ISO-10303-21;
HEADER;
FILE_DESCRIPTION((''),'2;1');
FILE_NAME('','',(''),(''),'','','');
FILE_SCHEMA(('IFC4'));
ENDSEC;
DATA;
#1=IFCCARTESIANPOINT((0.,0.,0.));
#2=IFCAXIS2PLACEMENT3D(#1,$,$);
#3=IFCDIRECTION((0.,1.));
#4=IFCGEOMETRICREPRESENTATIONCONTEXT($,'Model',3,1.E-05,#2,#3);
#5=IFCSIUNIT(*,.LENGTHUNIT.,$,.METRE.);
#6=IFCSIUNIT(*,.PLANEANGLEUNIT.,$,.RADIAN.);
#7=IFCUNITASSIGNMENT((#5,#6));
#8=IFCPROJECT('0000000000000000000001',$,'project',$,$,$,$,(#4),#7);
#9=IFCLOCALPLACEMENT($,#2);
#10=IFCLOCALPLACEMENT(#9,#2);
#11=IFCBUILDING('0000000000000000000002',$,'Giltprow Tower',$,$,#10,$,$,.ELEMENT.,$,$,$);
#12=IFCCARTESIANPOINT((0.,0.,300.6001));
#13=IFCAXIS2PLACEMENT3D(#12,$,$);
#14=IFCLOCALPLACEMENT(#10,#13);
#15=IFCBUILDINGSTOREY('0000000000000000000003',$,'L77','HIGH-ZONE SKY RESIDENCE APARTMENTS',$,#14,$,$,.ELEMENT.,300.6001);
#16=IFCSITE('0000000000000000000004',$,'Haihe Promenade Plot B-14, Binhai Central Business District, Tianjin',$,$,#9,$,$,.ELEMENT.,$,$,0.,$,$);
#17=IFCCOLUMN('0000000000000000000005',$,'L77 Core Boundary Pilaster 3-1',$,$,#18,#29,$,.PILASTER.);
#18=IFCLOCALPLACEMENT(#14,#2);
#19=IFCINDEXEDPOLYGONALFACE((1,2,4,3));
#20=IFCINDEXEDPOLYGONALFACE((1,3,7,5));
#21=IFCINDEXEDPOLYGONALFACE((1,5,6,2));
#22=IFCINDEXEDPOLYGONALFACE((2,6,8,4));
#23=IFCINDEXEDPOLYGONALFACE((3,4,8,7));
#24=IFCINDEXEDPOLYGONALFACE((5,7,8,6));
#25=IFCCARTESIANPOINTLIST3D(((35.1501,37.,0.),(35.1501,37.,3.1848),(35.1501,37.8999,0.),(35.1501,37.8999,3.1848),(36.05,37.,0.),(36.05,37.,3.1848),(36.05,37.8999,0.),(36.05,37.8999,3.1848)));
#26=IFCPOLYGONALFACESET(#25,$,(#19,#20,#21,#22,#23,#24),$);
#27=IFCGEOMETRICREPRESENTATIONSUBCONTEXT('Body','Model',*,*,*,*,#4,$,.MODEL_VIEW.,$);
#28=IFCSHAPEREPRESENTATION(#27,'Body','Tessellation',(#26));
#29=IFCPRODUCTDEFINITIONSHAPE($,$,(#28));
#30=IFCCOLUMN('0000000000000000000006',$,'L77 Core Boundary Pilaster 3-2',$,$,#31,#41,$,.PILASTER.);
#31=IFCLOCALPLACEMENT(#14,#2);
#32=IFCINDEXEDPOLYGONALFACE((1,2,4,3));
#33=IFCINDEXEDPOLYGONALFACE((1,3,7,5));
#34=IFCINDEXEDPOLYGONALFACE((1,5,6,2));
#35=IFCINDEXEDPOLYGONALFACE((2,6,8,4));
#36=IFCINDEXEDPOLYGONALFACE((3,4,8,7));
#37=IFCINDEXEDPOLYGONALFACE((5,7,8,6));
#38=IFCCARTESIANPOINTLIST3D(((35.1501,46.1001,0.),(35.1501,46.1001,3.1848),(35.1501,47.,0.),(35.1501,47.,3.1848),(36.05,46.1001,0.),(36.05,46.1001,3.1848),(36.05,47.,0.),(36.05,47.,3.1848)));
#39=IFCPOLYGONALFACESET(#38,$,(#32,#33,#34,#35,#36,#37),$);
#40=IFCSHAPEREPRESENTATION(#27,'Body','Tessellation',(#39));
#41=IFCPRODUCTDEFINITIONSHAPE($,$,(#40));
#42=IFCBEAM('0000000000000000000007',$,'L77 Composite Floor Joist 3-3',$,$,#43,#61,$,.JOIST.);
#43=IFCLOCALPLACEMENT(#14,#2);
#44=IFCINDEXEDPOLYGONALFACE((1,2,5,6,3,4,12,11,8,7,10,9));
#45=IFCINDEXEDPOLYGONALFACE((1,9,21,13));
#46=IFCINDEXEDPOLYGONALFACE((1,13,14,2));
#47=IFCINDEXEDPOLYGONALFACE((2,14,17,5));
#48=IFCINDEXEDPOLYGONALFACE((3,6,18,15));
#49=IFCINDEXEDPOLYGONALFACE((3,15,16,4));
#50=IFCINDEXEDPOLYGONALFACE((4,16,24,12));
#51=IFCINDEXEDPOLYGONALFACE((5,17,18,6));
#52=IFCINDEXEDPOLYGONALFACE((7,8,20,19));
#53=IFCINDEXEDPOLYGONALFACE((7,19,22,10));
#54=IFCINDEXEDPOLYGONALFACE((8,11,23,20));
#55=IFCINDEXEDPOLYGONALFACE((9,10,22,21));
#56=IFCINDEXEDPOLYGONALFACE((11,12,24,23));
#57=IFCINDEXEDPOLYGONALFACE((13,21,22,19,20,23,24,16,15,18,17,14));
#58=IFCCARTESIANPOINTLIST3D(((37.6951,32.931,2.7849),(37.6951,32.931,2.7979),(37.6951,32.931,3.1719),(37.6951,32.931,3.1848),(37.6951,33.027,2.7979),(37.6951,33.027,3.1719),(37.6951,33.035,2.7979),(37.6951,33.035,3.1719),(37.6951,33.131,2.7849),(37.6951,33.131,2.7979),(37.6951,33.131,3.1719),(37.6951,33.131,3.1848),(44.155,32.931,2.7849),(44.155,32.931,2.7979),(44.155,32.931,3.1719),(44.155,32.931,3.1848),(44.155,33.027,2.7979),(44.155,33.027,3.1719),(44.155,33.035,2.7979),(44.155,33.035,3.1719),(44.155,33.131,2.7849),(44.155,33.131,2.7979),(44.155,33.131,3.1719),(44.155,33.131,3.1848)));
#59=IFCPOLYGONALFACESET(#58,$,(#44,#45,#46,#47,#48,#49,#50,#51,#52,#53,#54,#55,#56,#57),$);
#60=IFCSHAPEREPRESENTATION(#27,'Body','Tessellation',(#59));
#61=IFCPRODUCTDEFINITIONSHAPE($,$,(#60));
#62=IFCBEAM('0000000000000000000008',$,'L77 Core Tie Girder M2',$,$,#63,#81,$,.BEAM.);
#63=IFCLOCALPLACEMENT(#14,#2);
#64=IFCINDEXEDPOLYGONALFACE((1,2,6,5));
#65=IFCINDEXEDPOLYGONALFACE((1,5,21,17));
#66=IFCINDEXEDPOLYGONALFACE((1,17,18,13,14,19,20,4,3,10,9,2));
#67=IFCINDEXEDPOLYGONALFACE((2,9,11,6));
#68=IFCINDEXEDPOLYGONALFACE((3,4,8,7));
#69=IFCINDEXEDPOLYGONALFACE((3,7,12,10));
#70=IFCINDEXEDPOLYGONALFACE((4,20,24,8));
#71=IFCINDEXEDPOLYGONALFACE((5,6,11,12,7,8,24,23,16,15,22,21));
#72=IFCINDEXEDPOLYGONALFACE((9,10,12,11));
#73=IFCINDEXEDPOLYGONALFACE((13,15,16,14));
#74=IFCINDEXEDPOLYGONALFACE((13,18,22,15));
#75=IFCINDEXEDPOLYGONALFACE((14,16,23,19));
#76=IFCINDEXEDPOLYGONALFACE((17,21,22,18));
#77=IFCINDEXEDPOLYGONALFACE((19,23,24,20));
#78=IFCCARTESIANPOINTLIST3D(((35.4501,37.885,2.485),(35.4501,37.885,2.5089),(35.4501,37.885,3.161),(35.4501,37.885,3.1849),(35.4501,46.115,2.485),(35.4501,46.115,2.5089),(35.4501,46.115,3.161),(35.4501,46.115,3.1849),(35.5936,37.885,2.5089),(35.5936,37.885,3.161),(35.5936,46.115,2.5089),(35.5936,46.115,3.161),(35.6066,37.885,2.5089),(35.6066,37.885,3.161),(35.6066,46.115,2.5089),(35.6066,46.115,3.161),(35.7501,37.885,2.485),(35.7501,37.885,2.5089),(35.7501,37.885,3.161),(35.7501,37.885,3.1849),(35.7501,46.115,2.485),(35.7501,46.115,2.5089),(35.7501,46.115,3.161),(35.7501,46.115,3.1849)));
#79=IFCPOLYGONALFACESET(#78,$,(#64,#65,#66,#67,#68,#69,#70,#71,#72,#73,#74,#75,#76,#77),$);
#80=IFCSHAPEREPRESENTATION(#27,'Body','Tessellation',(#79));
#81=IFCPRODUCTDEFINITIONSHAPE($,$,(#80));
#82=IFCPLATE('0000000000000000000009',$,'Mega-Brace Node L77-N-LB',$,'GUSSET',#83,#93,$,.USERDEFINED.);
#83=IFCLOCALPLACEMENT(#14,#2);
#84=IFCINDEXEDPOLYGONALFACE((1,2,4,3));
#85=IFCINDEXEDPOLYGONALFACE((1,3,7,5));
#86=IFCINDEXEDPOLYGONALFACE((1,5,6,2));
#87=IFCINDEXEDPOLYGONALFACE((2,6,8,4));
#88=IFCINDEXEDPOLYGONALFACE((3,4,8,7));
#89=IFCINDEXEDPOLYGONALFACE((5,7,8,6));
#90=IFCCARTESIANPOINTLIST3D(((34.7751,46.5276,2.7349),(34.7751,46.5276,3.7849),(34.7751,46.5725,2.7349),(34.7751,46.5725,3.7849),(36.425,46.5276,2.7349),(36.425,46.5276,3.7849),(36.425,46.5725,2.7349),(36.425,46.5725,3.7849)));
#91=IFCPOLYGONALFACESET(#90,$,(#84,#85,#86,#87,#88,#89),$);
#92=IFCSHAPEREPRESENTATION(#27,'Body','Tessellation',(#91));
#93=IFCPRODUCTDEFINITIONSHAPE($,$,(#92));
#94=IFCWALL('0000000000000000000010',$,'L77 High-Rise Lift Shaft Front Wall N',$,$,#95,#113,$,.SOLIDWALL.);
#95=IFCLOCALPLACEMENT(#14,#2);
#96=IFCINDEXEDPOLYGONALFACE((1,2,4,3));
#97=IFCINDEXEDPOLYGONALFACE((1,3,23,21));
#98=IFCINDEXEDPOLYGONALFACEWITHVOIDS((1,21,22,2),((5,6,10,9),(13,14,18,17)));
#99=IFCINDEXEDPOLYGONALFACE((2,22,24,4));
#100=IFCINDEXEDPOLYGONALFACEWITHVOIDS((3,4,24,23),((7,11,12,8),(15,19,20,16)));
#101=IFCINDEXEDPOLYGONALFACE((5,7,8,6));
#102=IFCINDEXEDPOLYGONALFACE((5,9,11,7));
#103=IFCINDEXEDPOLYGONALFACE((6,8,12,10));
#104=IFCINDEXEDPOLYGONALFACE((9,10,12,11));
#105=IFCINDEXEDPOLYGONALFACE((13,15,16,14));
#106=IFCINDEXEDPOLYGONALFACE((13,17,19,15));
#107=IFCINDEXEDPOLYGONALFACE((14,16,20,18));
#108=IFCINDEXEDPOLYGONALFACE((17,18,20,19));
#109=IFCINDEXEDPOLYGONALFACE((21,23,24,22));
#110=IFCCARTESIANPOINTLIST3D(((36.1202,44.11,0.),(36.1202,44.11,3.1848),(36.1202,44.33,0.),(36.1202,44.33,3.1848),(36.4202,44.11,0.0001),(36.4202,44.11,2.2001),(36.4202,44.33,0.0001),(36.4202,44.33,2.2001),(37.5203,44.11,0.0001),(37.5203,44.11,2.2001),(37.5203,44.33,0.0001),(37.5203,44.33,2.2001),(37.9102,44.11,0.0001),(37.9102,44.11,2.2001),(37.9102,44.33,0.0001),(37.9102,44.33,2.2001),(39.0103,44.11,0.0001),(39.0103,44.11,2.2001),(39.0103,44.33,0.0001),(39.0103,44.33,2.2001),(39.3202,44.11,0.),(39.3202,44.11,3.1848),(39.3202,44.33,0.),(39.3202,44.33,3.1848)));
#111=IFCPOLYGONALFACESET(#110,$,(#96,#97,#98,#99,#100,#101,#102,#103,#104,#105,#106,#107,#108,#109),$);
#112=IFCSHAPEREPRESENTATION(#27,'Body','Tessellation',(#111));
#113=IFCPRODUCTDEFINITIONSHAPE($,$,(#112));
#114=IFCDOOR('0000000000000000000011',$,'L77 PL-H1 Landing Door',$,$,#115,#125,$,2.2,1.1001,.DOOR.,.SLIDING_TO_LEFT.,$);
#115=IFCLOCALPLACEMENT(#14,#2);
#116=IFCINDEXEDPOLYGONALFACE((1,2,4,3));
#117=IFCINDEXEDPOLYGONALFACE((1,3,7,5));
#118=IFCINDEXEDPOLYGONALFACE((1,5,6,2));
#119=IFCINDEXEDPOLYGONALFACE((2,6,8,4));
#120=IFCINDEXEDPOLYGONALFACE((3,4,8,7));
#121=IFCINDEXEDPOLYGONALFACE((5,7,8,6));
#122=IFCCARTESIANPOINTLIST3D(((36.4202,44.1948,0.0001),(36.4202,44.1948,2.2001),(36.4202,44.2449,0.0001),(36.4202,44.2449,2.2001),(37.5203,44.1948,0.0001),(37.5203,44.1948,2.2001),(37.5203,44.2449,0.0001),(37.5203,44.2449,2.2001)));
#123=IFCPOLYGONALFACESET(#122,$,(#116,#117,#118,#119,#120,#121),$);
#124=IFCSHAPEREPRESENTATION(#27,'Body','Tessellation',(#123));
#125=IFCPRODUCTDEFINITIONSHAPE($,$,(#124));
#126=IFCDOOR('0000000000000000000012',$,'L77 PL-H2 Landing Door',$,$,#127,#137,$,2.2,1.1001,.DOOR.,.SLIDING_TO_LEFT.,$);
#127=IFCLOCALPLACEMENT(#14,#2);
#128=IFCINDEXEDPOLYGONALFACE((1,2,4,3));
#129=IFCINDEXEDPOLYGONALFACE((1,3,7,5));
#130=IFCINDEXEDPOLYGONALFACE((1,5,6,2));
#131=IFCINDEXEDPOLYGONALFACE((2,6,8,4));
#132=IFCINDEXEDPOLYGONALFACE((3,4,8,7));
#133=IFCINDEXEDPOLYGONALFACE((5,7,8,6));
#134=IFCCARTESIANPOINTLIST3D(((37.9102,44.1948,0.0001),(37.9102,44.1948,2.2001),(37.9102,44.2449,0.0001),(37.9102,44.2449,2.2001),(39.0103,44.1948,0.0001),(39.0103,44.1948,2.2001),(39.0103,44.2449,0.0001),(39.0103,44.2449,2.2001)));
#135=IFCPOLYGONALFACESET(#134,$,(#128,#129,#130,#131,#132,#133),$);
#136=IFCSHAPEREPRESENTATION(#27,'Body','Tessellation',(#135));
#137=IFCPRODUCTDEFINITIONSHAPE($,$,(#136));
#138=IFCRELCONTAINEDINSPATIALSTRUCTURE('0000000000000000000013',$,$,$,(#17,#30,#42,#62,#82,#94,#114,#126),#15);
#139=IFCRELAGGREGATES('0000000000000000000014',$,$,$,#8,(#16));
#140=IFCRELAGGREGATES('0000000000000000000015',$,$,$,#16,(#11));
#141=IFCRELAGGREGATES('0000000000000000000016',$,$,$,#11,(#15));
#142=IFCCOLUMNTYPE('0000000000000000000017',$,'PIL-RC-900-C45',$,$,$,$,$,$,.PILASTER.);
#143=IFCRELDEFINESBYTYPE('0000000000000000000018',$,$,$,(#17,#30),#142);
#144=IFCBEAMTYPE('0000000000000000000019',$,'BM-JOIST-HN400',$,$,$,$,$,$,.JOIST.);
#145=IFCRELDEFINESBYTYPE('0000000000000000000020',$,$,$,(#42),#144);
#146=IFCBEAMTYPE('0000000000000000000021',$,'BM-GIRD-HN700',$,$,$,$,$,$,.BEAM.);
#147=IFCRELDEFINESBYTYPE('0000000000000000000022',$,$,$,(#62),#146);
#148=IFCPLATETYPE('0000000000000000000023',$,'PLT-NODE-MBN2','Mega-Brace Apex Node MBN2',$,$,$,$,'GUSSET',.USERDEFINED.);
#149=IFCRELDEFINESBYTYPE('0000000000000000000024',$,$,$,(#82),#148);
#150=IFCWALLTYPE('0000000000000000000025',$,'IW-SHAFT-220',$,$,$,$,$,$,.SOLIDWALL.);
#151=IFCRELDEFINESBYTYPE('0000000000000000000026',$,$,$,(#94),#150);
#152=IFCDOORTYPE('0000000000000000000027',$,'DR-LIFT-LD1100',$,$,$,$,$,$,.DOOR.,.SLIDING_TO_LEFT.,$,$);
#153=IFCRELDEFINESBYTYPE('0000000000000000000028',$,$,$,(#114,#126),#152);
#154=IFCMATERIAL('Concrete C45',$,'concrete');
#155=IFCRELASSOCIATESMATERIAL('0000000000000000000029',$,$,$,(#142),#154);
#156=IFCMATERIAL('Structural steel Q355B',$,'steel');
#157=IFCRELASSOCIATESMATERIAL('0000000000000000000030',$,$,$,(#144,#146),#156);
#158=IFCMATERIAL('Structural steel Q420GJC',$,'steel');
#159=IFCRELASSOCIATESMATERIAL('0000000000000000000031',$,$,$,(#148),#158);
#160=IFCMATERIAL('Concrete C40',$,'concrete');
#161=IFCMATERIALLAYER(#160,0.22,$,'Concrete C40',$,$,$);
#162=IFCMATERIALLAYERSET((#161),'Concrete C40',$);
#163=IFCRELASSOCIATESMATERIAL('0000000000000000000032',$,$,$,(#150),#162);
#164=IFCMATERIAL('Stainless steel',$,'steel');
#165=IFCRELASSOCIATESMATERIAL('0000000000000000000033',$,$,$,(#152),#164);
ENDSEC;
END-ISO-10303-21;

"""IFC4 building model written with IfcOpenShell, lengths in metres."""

from ifc_helpers import new_model, si_unit, direction, frame, frame_2d, origin, origin_2d, place, context, subcontext, project, spatial, rectangle, i_section, extrude, source, transform, mapped, material, layer, layer_set, material_profile, profile_set, type_object, element, fill, save


model = new_model("IFC4")

# Units and contexts
model_context = context("Model", 3, precision=1e-05, world=origin(), true_north=direction((0.0, 1.0)))
body_context = subcontext(model_context, "Body", "Model", "MODEL_VIEW")
ifc_project = project(units=[si_unit("LENGTHUNIT", "METRE"), si_unit("PLANEANGLEUNIT", "RADIAN")], contexts=[model_context])

# Site, building, storey
site_placement = place(None, origin())
site = spatial("IfcSite", under=ifc_project, at=site_placement, Name="Haihe Promenade Plot B-14, Binhai Central Business District, Tianjin", CompositionType="ELEMENT", RefElevation=0.0)
building_placement = place(site_placement, origin())
building = spatial("IfcBuilding", under=site, at=building_placement, Name="Giltprow Tower", CompositionType="ELEMENT")
storey_placement = place(building_placement, frame((0.0, 0.0, 300.6001)))
storey = spatial("IfcBuildingStorey", under=building, at=storey_placement, Name="L77", Description="HIGH-ZONE SKY RESIDENCE APARTMENTS", CompositionType="ELEMENT", Elevation=300.6001)

# Columns
ifc_material_1 = material(Name="Concrete C45", Category="concrete")
ifc_material_profile_1 = material_profile(ifc_material_1, rectangle(XDim=0.8999, YDim=0.8999, at=origin_2d()), Name="RC 900x900")
ifc_profile_set_1 = profile_set([ifc_material_profile_1], Name="Concrete C45")
column_type = type_object("IfcColumnType", Name="PIL-RC-900-C45", PredefinedType="PILASTER", material=ifc_profile_set_1)
shared_shape_1 = source(origin(), body_context, "Body", "SweptSolid", [
    extrude(rectangle(XDim=0.8999, YDim=0.8999, at=origin_2d()), origin(), (0.0, 0.0, 1.0), 3.1848),
])
for number, where, z_axis, x_axis, name in (
    (1, (35.6001, 37.45, 0.0), (0.0, 0.0, 1.0), (1.0, 0.0, 0.0), "L77 Core Boundary Pilaster 3-1"),
    (2, (35.6001, 46.55, 0.0), (0.0, 0.0, 1.0), (1.0, 0.0, 0.0), "L77 Core Boundary Pilaster 3-2"),
):
    element("IfcColumn", number, at=place(storey_placement, frame(where, z_axis=z_axis, x_axis=x_axis)), inside=storey, type_object=column_type, Name=name, PredefinedType="PILASTER", context=body_context, shape_type="MappedRepresentation", body=[
        mapped(shared_shape_1, transform((0.0, 0.0, 0.0), x_axis=(1.0, 0.0, 0.0), y_axis=(0.0, 1.0, 0.0), z_axis=(0.0, 0.0, 1.0), scale=1.0)),
    ])

# Beams
ifc_material_2 = material(Name="Structural steel Q355B", Category="steel")
ifc_material_profile_2 = material_profile(ifc_material_2, i_section(OverallWidth=0.2, OverallDepth=0.3999, WebThickness=0.0081, FlangeThickness=0.0129, at=origin_2d()), Name="HN 400x200x8x13")
ifc_profile_set_2 = profile_set([ifc_material_profile_2], Name="Structural steel Q355B")
beam_type_1 = type_object("IfcBeamType", Name="BM-JOIST-HN400", PredefinedType="JOIST", material=ifc_profile_set_2)
shared_shape_2 = source(origin(), body_context, "Body", "SweptSolid", [
    extrude(i_section(OverallWidth=0.2, OverallDepth=0.3999, WebThickness=0.0081, FlangeThickness=0.0129, at=origin_2d()), origin(), (0.0, 0.0, 1.0), 6.46),
])
beam_1_placement = place(storey_placement, frame((37.6951, 33.031, 2.9849), z_axis=(1.0, 0.0, 0.0), x_axis=(0.0, 1.0, 0.0)))
element("IfcBeam", 3, at=beam_1_placement, inside=storey, type_object=beam_type_1, Name="L77 Composite Floor Joist 3-3", PredefinedType="JOIST", context=body_context, shape_type="MappedRepresentation", body=[
    mapped(shared_shape_2, transform((0.0, 0.0, 0.0), x_axis=(1.0, 0.0, 0.0), y_axis=(0.0, 1.0, 0.0), z_axis=(0.0, 0.0, 1.0), scale=1.0)),
])
ifc_material_profile_3 = material_profile(ifc_material_2, i_section(OverallWidth=0.3, OverallDepth=0.7, WebThickness=0.0129, FlangeThickness=0.0239, at=origin_2d()), Name="HN 700x300x13x24")
ifc_profile_set_3 = profile_set([ifc_material_profile_3], Name="Structural steel Q355B")
beam_type_2 = type_object("IfcBeamType", Name="BM-GIRD-HN700", PredefinedType="BEAM", material=ifc_profile_set_3)
shared_shape_3 = source(origin(), body_context, "Body", "SweptSolid", [
    extrude(i_section(OverallWidth=0.3, OverallDepth=0.7, WebThickness=0.0129, FlangeThickness=0.0239, at=origin_2d()), origin(), (0.0, 0.0, 1.0), 8.23),
])
beam_2_placement = place(storey_placement, frame((35.6001, 37.885, 2.835), z_axis=(0.0, 1.0, 0.0), x_axis=(-1.0, 0.0, 0.0)))
element("IfcBeam", 4, at=beam_2_placement, inside=storey, type_object=beam_type_2, Name="L77 Core Tie Girder M2", PredefinedType="BEAM", context=body_context, shape_type="MappedRepresentation", body=[
    mapped(shared_shape_3, transform((0.0, 0.0, 0.0), x_axis=(1.0, 0.0, 0.0), y_axis=(0.0, 1.0, 0.0), z_axis=(0.0, 0.0, 1.0), scale=1.0)),
])

# Plate
ifc_material_3 = material(Name="Structural steel Q420GJC", Category="steel")
plate_type = type_object("IfcPlateType", Name="PLT-NODE-MBN2", Description="Mega-Brace Apex Node MBN2", ElementType="GUSSET", PredefinedType="USERDEFINED", material=ifc_material_3)
shared_shape_4 = source(origin(), body_context, "Body", "SweptSolid", [
    extrude(rectangle(XDim=1.6499, YDim=0.0449, at=origin_2d()), origin(), (0.0, 0.0, 1.0), 1.05),
])
plate_placement = place(storey_placement, frame((35.6001, 46.55, 2.7349), z_axis=(0.0, 0.0, 1.0), x_axis=(1.0, 0.0, 0.0)))
element("IfcPlate", 5, at=plate_placement, inside=storey, type_object=plate_type, Name="Mega-Brace Node L77-N-LB", ObjectType="GUSSET", PredefinedType="USERDEFINED", context=body_context, shape_type="MappedRepresentation", body=[
    mapped(shared_shape_4, transform((0.0, 0.0, 0.0), x_axis=(1.0, 0.0, 0.0), y_axis=(0.0, 1.0, 0.0), z_axis=(0.0, 0.0, 1.0), scale=1.0)),
])

# Wall, openings, doors
ifc_material_4 = material(Name="Concrete C40", Category="concrete")
ifc_layer_1 = layer(ifc_material_4, 0.22, Name="Concrete C40")
ifc_layer_set_1 = layer_set([ifc_layer_1], Name="Concrete C40")
wall_type_1 = type_object("IfcWallType", Name="IW-SHAFT-220", PredefinedType="SOLIDWALL", material=ifc_layer_set_1)
wall_1_placement = place(storey_placement, frame((36.1201, 44.22, 0.0), z_axis=(0.0, 0.0, 1.0), x_axis=(1.0, 0.0, 0.0)))
wall_1 = element("IfcWall", 6, at=wall_1_placement, inside=storey, type_object=wall_type_1, Name="L77 High-Rise Lift Shaft Front Wall N", PredefinedType="SOLIDWALL", context=body_context, shape_type="SweptSolid", body=[
    extrude(rectangle(XDim=3.2, YDim=0.22, at=frame_2d((1.6001, 0.0))), origin(), (0.0, 0.0, 1.0), 3.1848),
])
opening_1_placement = place(wall_1_placement, frame((0.3, 0.0, 0.0)))
opening_1 = element("IfcOpeningElement", 7, at=opening_1_placement, cuts=wall_1, PredefinedType="OPENING", context=body_context, shape_type="SweptSolid", body=[
    extrude(rectangle(XDim=1.1001, YDim=2.2, at=frame_2d((0.55, 1.1001))), frame((0.0, 0.1199, 0.0), z_axis=(0.0, -1.0, 0.0), x_axis=(1.0, 0.0, 0.0)), (0.0, 0.0, 1.0), 0.24),
])
opening_2_placement = place(wall_1_placement, frame((1.79, 0.0, 0.0)))
opening_2 = element("IfcOpeningElement", 8, at=opening_2_placement, cuts=wall_1, PredefinedType="OPENING", context=body_context, shape_type="SweptSolid", body=[
    extrude(rectangle(XDim=1.1001, YDim=2.2, at=frame_2d((0.55, 1.1001))), frame((0.0, 0.1199, 0.0), z_axis=(0.0, -1.0, 0.0), x_axis=(1.0, 0.0, 0.0)), (0.0, 0.0, 1.0), 0.24),
])
ifc_material_5 = material(Name="Stainless steel", Category="steel")
door_type_1 = type_object("IfcDoorType", Name="DR-LIFT-LD1100", OperationType="SLIDING_TO_LEFT", PredefinedType="DOOR", material=ifc_material_5)
shared_shape_5 = source(origin(), body_context, "Body", "SweptSolid", [
    extrude(rectangle(XDim=1.1001, YDim=2.2, at=frame_2d((0.55, 1.1001))), frame((0.0, 0.0249, 0.0), z_axis=(0.0, -1.0, 0.0), x_axis=(1.0, 0.0, 0.0)), (0.0, 0.0, 1.0), 0.05),
])
door_1_placement = place(opening_1_placement, origin())
door_1 = element("IfcDoor", 9, at=door_1_placement, inside=storey, type_object=door_type_1, Name="L77 PL-H1 Landing Door", OperationType="SLIDING_TO_LEFT", OverallHeight=2.2, OverallWidth=1.1001, PredefinedType="DOOR", context=body_context, shape_type="MappedRepresentation", body=[
    mapped(shared_shape_5, transform((0.0, 0.0, 0.0), x_axis=(1.0, 0.0, 0.0), y_axis=(0.0, 1.0, 0.0), z_axis=(0.0, 0.0, 1.0), scale=1.0)),
])
fill(opening_1, door_1)
door_2_placement = place(opening_2_placement, origin())
door_2 = element("IfcDoor", 10, at=door_2_placement, inside=storey, type_object=door_type_1, Name="L77 PL-H2 Landing Door", OperationType="SLIDING_TO_LEFT", OverallHeight=2.2, OverallWidth=1.1001, PredefinedType="DOOR", context=body_context, shape_type="MappedRepresentation", body=[
    mapped(shared_shape_5, transform((0.0, 0.0, 0.0), x_axis=(1.0, 0.0, 0.0), y_axis=(0.0, 1.0, 0.0), z_axis=(0.0, 0.0, 1.0), scale=1.0)),
])
fill(opening_2, door_2)

save(model, "model.ifc")
